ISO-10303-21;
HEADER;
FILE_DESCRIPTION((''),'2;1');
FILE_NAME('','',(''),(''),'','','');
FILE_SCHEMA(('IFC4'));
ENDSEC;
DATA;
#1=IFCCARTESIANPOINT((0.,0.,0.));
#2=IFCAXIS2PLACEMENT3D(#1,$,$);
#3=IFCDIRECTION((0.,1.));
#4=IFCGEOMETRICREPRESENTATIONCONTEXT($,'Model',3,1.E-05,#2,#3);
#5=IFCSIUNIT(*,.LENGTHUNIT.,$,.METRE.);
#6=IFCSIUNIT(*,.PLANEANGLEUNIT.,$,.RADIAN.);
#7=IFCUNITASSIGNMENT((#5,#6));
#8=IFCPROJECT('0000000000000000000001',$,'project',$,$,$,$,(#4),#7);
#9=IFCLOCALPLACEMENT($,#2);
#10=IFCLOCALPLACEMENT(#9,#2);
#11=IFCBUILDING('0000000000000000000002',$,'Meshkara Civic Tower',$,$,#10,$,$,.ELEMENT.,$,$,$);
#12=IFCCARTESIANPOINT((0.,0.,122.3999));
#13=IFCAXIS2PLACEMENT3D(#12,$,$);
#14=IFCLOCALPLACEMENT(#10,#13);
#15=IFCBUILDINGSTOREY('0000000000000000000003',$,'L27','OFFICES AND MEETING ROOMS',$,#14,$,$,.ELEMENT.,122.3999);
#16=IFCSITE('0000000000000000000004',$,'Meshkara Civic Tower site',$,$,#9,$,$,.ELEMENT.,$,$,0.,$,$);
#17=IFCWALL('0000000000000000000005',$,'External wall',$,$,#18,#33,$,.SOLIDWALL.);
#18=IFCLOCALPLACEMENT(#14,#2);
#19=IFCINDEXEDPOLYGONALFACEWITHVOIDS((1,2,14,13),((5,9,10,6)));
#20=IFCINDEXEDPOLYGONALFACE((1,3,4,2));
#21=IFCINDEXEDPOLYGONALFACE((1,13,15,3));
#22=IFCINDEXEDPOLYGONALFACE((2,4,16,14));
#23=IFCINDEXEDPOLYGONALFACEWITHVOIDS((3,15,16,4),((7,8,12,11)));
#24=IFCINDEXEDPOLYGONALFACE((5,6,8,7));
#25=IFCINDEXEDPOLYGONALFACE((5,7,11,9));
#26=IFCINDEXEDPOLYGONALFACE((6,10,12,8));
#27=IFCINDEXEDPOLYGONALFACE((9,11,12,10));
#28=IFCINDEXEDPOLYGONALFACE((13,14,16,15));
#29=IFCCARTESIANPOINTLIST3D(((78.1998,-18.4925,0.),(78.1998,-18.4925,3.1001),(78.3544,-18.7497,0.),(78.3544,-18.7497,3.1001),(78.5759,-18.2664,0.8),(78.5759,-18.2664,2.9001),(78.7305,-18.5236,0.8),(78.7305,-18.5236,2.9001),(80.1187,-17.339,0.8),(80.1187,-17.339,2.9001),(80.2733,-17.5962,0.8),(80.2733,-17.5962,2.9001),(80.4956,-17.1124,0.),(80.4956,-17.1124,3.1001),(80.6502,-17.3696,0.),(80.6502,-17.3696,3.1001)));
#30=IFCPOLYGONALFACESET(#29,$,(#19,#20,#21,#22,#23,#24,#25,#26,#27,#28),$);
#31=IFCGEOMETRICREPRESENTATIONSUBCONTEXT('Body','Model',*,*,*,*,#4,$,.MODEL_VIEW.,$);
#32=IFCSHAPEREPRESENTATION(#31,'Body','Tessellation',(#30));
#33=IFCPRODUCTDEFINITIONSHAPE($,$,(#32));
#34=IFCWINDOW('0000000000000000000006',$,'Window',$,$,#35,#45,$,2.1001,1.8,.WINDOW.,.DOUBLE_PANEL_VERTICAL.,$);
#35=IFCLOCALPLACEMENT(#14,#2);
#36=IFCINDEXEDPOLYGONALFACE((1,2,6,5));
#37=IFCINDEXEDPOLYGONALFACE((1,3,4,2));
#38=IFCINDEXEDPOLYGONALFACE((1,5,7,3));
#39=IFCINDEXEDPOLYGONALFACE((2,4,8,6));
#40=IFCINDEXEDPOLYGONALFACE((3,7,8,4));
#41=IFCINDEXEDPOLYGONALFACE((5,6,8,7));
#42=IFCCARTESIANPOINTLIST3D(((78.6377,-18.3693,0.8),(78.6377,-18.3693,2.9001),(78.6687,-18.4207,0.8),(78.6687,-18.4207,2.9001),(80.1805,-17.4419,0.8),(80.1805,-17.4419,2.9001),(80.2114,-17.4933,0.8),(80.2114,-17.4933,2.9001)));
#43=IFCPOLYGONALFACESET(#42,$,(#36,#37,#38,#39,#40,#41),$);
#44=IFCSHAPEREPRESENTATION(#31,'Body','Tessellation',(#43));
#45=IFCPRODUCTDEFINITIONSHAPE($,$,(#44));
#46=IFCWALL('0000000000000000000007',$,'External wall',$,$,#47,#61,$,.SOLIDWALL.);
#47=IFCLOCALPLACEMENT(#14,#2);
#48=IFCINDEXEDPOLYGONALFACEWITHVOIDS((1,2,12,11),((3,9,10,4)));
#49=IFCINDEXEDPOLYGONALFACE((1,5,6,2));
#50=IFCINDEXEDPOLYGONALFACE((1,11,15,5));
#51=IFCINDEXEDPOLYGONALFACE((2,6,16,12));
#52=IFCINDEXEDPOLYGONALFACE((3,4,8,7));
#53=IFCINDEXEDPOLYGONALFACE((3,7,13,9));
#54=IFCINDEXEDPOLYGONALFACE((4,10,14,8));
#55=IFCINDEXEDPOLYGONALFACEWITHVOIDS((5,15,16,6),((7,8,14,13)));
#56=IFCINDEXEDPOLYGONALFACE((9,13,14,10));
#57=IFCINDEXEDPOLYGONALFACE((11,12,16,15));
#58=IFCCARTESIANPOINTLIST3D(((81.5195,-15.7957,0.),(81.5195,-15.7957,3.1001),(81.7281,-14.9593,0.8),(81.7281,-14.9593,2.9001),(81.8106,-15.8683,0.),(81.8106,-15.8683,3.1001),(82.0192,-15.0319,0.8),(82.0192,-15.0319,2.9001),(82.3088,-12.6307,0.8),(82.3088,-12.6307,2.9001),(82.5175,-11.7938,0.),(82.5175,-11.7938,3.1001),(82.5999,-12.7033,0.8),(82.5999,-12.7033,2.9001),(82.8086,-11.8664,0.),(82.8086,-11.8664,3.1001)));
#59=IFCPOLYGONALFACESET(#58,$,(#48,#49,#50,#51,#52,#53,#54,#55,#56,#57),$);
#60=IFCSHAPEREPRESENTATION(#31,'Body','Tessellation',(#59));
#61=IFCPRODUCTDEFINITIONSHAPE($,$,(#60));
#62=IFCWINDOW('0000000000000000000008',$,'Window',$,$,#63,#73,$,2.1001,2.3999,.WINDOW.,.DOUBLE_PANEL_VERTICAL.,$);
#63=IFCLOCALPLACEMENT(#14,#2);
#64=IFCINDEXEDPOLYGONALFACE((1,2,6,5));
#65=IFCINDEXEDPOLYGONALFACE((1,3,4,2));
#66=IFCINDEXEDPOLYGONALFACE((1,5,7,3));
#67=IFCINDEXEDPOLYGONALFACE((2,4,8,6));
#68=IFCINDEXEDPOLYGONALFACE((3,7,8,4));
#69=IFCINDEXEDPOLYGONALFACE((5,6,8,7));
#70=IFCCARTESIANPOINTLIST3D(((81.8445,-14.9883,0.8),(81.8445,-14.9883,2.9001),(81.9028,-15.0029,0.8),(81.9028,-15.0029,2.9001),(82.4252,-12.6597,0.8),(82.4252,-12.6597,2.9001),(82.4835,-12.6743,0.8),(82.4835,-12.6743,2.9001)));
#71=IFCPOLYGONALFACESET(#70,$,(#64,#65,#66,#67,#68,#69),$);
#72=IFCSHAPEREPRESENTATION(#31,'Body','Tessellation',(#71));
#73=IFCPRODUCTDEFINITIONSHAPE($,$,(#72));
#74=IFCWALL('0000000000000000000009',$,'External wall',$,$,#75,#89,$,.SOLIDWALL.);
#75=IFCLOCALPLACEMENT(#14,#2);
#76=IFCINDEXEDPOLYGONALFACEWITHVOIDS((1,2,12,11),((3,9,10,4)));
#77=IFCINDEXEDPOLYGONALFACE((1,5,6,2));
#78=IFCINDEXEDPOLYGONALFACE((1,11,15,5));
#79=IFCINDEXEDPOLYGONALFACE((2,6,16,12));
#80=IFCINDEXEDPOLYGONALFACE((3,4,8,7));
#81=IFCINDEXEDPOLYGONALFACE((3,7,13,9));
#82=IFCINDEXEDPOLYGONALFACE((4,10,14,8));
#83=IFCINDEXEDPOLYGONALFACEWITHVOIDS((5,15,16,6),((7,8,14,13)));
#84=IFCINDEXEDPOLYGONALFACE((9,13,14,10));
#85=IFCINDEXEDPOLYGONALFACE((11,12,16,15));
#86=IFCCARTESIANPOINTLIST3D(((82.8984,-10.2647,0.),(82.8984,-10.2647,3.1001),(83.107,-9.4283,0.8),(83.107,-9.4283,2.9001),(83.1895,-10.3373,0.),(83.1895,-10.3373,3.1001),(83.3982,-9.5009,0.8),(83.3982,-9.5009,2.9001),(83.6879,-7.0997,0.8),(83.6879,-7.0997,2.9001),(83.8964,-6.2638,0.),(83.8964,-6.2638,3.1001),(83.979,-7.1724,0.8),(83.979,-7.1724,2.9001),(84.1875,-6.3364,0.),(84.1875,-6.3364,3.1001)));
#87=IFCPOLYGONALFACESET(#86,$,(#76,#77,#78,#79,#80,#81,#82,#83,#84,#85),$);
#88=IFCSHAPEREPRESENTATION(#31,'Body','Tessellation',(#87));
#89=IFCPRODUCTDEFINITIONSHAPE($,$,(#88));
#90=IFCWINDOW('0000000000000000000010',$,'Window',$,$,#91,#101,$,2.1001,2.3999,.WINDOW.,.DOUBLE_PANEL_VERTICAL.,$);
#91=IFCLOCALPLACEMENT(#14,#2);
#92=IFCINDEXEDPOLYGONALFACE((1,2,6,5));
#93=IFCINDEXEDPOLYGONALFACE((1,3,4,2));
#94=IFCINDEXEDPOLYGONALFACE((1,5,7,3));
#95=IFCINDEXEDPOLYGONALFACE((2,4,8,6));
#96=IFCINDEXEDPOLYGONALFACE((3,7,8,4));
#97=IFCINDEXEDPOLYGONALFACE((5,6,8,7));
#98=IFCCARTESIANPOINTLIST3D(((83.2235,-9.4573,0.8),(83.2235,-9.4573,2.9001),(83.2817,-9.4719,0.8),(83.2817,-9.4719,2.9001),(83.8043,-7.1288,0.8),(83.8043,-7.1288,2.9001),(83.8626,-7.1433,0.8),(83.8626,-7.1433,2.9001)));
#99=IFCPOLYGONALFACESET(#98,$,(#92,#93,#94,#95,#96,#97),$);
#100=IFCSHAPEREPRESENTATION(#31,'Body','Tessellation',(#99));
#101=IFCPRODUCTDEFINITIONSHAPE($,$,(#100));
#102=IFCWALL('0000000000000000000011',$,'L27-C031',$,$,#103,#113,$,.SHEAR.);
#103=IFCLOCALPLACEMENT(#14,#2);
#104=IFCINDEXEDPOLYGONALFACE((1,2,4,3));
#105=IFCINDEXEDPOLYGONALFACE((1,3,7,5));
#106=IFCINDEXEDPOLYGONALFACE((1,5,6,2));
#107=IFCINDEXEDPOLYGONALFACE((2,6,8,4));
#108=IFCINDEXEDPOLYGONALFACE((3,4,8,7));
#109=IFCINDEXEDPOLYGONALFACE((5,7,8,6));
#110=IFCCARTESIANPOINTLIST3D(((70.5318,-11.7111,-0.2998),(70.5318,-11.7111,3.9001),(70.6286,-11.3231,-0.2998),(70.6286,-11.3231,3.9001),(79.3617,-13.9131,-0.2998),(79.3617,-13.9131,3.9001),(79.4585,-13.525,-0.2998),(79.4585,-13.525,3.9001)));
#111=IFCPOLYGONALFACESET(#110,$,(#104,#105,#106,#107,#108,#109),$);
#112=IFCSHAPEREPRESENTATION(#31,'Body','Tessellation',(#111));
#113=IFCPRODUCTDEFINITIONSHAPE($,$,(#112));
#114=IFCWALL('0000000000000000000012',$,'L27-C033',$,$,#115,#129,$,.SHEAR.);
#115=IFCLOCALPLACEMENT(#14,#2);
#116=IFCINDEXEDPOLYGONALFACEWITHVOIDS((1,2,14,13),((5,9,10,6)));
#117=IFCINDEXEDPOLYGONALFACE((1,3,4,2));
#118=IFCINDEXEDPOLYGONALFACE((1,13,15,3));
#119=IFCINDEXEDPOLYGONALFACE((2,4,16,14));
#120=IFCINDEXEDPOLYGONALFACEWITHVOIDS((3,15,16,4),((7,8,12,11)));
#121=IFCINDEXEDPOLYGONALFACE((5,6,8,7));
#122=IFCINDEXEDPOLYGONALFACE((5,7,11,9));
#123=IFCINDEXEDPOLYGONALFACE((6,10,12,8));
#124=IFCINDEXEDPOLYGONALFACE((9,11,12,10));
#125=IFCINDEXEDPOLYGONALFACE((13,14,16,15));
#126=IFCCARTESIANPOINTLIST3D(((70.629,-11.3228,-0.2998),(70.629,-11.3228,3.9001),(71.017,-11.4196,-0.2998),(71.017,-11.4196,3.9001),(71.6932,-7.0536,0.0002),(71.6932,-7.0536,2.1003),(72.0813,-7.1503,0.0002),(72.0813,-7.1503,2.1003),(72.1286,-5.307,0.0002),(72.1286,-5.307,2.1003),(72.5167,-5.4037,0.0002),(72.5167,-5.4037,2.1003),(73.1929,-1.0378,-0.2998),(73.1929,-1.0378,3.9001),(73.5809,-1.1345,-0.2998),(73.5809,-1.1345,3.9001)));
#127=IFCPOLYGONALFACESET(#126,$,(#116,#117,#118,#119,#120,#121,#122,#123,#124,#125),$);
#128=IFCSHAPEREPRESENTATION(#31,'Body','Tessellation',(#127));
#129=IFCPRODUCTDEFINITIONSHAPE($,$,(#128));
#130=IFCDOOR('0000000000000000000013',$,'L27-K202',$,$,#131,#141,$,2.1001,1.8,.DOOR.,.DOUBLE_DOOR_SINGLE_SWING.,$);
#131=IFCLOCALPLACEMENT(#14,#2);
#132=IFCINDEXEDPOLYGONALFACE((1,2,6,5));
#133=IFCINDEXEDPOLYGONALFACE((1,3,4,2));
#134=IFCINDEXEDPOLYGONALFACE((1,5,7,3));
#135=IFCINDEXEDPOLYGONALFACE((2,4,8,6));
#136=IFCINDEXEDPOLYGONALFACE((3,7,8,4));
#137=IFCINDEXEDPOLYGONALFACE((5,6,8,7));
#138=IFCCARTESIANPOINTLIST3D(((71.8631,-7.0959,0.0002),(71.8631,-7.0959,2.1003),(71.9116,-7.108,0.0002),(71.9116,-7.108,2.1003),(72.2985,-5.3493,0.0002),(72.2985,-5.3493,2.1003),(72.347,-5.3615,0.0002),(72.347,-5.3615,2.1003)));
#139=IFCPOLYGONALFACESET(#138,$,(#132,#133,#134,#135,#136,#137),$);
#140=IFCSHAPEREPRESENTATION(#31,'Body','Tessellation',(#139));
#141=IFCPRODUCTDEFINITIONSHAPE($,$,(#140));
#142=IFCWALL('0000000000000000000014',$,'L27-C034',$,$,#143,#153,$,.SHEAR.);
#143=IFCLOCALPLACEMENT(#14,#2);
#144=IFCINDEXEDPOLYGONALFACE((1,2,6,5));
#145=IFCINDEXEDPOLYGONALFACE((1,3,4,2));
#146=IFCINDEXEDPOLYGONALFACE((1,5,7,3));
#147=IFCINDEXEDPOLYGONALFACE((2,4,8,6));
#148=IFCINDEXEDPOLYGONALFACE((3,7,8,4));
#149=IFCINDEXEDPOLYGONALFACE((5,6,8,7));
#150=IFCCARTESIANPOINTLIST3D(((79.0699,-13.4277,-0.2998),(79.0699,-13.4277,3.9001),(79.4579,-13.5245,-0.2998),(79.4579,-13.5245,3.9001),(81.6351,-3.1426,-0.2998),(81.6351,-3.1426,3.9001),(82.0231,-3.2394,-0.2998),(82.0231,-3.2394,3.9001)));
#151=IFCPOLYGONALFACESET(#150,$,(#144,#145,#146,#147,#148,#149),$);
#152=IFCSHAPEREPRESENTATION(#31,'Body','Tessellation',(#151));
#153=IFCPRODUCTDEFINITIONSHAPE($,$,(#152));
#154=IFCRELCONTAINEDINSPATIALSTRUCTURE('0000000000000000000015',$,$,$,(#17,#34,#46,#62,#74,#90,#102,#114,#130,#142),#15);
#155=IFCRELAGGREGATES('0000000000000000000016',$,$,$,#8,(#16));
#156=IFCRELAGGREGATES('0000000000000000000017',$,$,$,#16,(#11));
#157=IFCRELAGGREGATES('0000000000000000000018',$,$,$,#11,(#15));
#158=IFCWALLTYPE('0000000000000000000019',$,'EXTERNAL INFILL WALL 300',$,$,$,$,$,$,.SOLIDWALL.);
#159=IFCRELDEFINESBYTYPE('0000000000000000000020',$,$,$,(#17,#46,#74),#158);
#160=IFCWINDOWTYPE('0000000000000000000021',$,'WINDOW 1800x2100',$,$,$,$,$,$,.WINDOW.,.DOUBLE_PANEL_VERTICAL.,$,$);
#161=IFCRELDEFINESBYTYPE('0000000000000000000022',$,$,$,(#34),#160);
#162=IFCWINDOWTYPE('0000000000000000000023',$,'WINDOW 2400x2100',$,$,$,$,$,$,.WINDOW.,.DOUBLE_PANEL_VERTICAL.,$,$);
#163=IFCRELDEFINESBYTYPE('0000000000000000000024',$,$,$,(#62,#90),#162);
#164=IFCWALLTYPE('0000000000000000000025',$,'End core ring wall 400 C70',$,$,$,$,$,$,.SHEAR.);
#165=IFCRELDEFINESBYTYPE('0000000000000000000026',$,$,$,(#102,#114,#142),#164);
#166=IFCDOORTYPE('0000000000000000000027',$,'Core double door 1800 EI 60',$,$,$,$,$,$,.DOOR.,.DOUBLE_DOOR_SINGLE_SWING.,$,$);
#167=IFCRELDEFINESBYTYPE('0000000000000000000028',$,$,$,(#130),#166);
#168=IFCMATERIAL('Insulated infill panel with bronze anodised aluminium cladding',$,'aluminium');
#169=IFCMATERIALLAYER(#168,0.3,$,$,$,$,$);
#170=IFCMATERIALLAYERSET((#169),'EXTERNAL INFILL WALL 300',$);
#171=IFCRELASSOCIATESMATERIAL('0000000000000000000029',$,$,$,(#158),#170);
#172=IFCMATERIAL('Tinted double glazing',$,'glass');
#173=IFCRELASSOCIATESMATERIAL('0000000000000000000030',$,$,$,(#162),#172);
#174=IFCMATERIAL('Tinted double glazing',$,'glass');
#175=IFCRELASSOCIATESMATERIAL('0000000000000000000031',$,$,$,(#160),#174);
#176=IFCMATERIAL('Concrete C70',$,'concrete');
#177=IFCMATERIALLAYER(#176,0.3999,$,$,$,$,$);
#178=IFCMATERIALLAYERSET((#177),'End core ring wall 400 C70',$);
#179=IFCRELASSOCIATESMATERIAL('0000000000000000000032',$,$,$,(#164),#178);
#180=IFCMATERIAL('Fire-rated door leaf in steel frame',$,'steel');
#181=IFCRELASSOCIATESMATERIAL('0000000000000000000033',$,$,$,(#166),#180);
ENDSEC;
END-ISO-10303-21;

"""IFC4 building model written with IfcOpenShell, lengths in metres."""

from ifc_helpers import new_model, si_unit, direction, frame, frame_2d, origin, place, context, subcontext, project, spatial, rectangle, extrude, material, layer, layer_set, type_object, element, fill, save


model = new_model("IFC4")

# Units and contexts
model_context = context("Model", 3, precision=1e-05, world=origin(), true_north=direction((0.0, 1.0)))
body_context = subcontext(model_context, "Body", "Model", "MODEL_VIEW")
ifc_project = project(units=[si_unit("LENGTHUNIT", "METRE"), si_unit("PLANEANGLEUNIT", "RADIAN")], contexts=[model_context])

# Site, building, storey
site_placement = place(None, origin())
site = spatial("IfcSite", under=ifc_project, at=site_placement, Name="Meshkara Civic Tower site", CompositionType="ELEMENT", RefElevation=0.0)
building_placement = place(site_placement, origin())
building = spatial("IfcBuilding", under=site, at=building_placement, Name="Meshkara Civic Tower", CompositionType="ELEMENT")
storey_placement = place(building_placement, frame((0.0, 0.0, 122.3999)))
storey = spatial("IfcBuildingStorey", under=building, at=storey_placement, Name="L27", Description="OFFICES AND MEETING ROOMS", CompositionType="ELEMENT", Elevation=122.3999)

# Walls, openings, windows
ifc_material_1 = material(Name="Insulated infill panel with bronze anodised aluminium cladding", Category="aluminium")
ifc_layer_1 = layer(ifc_material_1, 0.3)
ifc_layer_set_1 = layer_set([ifc_layer_1], Name="EXTERNAL INFILL WALL 300")
wall_type_1 = type_object("IfcWallType", Name="EXTERNAL INFILL WALL 300", PredefinedType="SOLIDWALL", material=ifc_layer_set_1)
ifc_material_2 = material(Name="Tinted double glazing", Category="glass")
window_type_1 = type_object("IfcWindowType", Name="WINDOW 2400x2100", PartitioningType="DOUBLE_PANEL_VERTICAL", PredefinedType="WINDOW", material=ifc_material_2)
wall_1_placement = place(storey_placement, frame((78.2771, -18.6211, 0.0), z_axis=(0.0, 0.0, 1.0), x_axis=(0.857066, 0.515206, 0.0)))
wall_1 = element("IfcWall", 1, at=wall_1_placement, inside=storey, type_object=wall_type_1, Name="External wall", PredefinedType="SOLIDWALL", context=body_context, shape_type="SweptSolid", body=[
    extrude(rectangle(XDim=2.6787, YDim=0.3, at=frame_2d((1.3394, 0.0))), origin(), (0.0, 0.0, 1.0), 3.1001),
])
opening_1_placement = place(wall_1_placement, frame((0.439, 0.0, 0.8)))
opening_1 = element("IfcOpeningElement", 2, at=opening_1_placement, cuts=wall_1, PredefinedType="OPENING", context=body_context, shape_type="SweptSolid", body=[
    extrude(rectangle(XDim=1.8, YDim=2.1001, at=frame_2d((0.8999, 1.05))), frame((0.0, 0.1599, 0.0), z_axis=(0.0, -1.0, 0.0), x_axis=(1.0, 0.0, 0.0)), (0.0, 0.0, 1.0), 0.3201),
])
ifc_material_3 = material(Name="Tinted double glazing", Category="glass")
window_type_2 = type_object("IfcWindowType", Name="WINDOW 1800x2100", PartitioningType="DOUBLE_PANEL_VERTICAL", PredefinedType="WINDOW", material=ifc_material_3)
window_1_placement = place(opening_1_placement, origin())
window_1 = element("IfcWindow", 3, at=window_1_placement, inside=storey, type_object=window_type_2, Name="Window", OverallHeight=2.1001, OverallWidth=1.8, PartitioningType="DOUBLE_PANEL_VERTICAL", PredefinedType="WINDOW", context=body_context, shape_type="SweptSolid", body=[
    extrude(rectangle(XDim=1.8, YDim=2.1001, at=frame_2d((0.8999, 1.05))), frame((0.0, 0.03, 0.0), z_axis=(0.0, -1.0, 0.0), x_axis=(1.0, 0.0, 0.0)), (0.0, 0.0, 1.0), 0.0601),
])
fill(opening_1, window_1)
wall_2_placement = place(storey_placement, frame((81.665, -15.832, 0.0), z_axis=(0.0, 0.0, 1.0), x_axis=(0.241978, 0.970282, 0.0)))
wall_2 = element("IfcWall", 4, at=wall_2_placement, inside=storey, type_object=wall_type_1, Name="External wall", PredefinedType="SOLIDWALL", context=body_context, shape_type="SweptSolid", body=[
    extrude(rectangle(XDim=4.1245, YDim=0.3, at=frame_2d((2.0623, 0.0))), origin(), (0.0, 0.0, 1.0), 3.1001),
])
opening_2_placement = place(wall_2_placement, frame((0.8621, 0.0, 0.8)))
opening_2 = element("IfcOpeningElement", 5, at=opening_2_placement, cuts=wall_2, PredefinedType="OPENING", context=body_context, shape_type="SweptSolid", body=[
    extrude(rectangle(XDim=2.3999, YDim=2.1001, at=frame_2d((1.2, 1.05))), frame((0.0, 0.1599, 0.0), z_axis=(0.0, -1.0, 0.0), x_axis=(1.0, 0.0, 0.0)), (0.0, 0.0, 1.0), 0.3201),
])
window_2_placement = place(opening_2_placement, origin())
window_2 = element("IfcWindow", 6, at=window_2_placement, inside=storey, type_object=window_type_1, Name="Window", OverallHeight=2.1001, OverallWidth=2.3999, PartitioningType="DOUBLE_PANEL_VERTICAL", PredefinedType="WINDOW", context=body_context, shape_type="SweptSolid", body=[
    extrude(rectangle(XDim=2.3999, YDim=2.1001, at=frame_2d((1.2, 1.05))), frame((0.0, 0.03, 0.0), z_axis=(0.0, -1.0, 0.0), x_axis=(1.0, 0.0, 0.0)), (0.0, 0.0, 1.0), 0.0601),
])
fill(opening_2, window_2)
wall_3_placement = place(storey_placement, frame((83.0439, -10.301, 0.0), z_axis=(0.0, 0.0, 1.0), x_axis=(0.242034, 0.970268, 0.0)))
wall_3 = element("IfcWall", 7, at=wall_3_placement, inside=storey, type_object=wall_type_1, Name="External wall", PredefinedType="SOLIDWALL", context=body_context, shape_type="SweptSolid", body=[
    extrude(rectangle(XDim=4.1235, YDim=0.3, at=frame_2d((2.0618, 0.0))), origin(), (0.0, 0.0, 1.0), 3.1001),
])
opening_3_placement = place(wall_3_placement, frame((0.8621, 0.0, 0.8)))
opening_3 = element("IfcOpeningElement", 8, at=opening_3_placement, cuts=wall_3, PredefinedType="OPENING", context=body_context, shape_type="SweptSolid", body=[
    extrude(rectangle(XDim=2.3999, YDim=2.1001, at=frame_2d((1.2, 1.05))), frame((0.0, 0.1599, 0.0), z_axis=(0.0, -1.0, 0.0), x_axis=(1.0, 0.0, 0.0)), (0.0, 0.0, 1.0), 0.3201),
])
window_3_placement = place(opening_3_placement, origin())
window_3 = element("IfcWindow", 9, at=window_3_placement, inside=storey, type_object=window_type_1, Name="Window", OverallHeight=2.1001, OverallWidth=2.3999, PartitioningType="DOUBLE_PANEL_VERTICAL", PredefinedType="WINDOW", context=body_context, shape_type="SweptSolid", body=[
    extrude(rectangle(XDim=2.3999, YDim=2.1001, at=frame_2d((1.2, 1.05))), frame((0.0, 0.03, 0.0), z_axis=(0.0, -1.0, 0.0), x_axis=(1.0, 0.0, 0.0)), (0.0, 0.0, 1.0), 0.0601),
])
fill(opening_3, window_3)

# Wall
ifc_material_4 = material(Name="Concrete C70", Category="concrete")
ifc_layer_2 = layer(ifc_material_4, 0.3999)
ifc_layer_set_2 = layer_set([ifc_layer_2], Name="End core ring wall 400 C70")
wall_type_2 = type_object("IfcWallType", Name="End core ring wall 400 C70", PredefinedType="SHEAR", material=ifc_layer_set_2)
wall_4_placement = place(storey_placement, frame((70.5801, -11.5171, -0.2998), z_axis=(0.0, 0.0, 1.0), x_axis=(0.970286, -0.241961, 0.0)))
element("IfcWall", 10, at=wall_4_placement, inside=storey, type_object=wall_type_2, Name="L27-C031", PredefinedType="SHEAR", context=body_context, shape_type="SweptSolid", body=[
    extrude(rectangle(XDim=9.1003, YDim=0.3999, at=frame_2d((4.5503, 0.0))), origin(), (0.0, 0.0, 1.0), 4.2),
])

# Wall, opening, door
wall_5_placement = place(storey_placement, frame((70.823, -11.3711, -0.2998), z_axis=(0.0, 0.0, 1.0), x_axis=(0.241885, 0.970305, 0.0)))
wall_5 = element("IfcWall", 11, at=wall_5_placement, inside=storey, type_object=wall_type_2, Name="L27-C033", PredefinedType="SHEAR", context=body_context, shape_type="SweptSolid", body=[
    extrude(rectangle(XDim=10.5999, YDim=0.3999, at=frame_2d((5.2998, 0.0))), origin(), (0.0, 0.0, 1.0), 4.2),
])
opening_4_placement = place(wall_5_placement, frame((4.3999, 0.0, 0.3)))
opening_4 = element("IfcOpeningElement", 12, at=opening_4_placement, cuts=wall_5, PredefinedType="OPENING", context=body_context, shape_type="SweptSolid", body=[
    extrude(rectangle(XDim=1.8, YDim=2.1001, at=frame_2d((0.8999, 1.05))), frame((0.0, 0.21, 0.0), z_axis=(0.0, -1.0, 0.0), x_axis=(1.0, 0.0, 0.0)), (0.0, 0.0, 1.0), 0.4199),
])
ifc_material_5 = material(Name="Fire-rated door leaf in steel frame", Category="steel")
door_type_1 = type_object("IfcDoorType", Name="Core double door 1800 EI 60", OperationType="DOUBLE_DOOR_SINGLE_SWING", PredefinedType="DOOR", material=ifc_material_5)
door_1_placement = place(opening_4_placement, origin())
door_1 = element("IfcDoor", 13, at=door_1_placement, inside=storey, type_object=door_type_1, Name="L27-K202", OperationType="DOUBLE_DOOR_SINGLE_SWING", OverallHeight=2.1001, OverallWidth=1.8, PredefinedType="DOOR", context=body_context, shape_type="SweptSolid", body=[
    extrude(rectangle(XDim=1.8, YDim=2.1001, at=frame_2d((0.8999, 1.05))), frame((0.0, 0.0249, 0.0), z_axis=(0.0, -1.0, 0.0), x_axis=(1.0, 0.0, 0.0)), (0.0, 0.0, 1.0), 0.05),
])
fill(opening_4, door_1)

# Wall
wall_6_placement = place(storey_placement, frame((79.2639, -13.4761, -0.2998), z_axis=(0.0, 0.0, 1.0), x_axis=(0.241994, 0.970278, 0.0)))
element("IfcWall", 14, at=wall_6_placement, inside=storey, type_object=wall_type_2, Name="L27-C034", PredefinedType="SHEAR", context=body_context, shape_type="SweptSolid", body=[
    extrude(rectangle(XDim=10.6001, YDim=0.3999, at=frame_2d((5.3, 0.0))), origin(), (0.0, 0.0, 1.0), 4.2),
])

save(model, "model.ifc")
